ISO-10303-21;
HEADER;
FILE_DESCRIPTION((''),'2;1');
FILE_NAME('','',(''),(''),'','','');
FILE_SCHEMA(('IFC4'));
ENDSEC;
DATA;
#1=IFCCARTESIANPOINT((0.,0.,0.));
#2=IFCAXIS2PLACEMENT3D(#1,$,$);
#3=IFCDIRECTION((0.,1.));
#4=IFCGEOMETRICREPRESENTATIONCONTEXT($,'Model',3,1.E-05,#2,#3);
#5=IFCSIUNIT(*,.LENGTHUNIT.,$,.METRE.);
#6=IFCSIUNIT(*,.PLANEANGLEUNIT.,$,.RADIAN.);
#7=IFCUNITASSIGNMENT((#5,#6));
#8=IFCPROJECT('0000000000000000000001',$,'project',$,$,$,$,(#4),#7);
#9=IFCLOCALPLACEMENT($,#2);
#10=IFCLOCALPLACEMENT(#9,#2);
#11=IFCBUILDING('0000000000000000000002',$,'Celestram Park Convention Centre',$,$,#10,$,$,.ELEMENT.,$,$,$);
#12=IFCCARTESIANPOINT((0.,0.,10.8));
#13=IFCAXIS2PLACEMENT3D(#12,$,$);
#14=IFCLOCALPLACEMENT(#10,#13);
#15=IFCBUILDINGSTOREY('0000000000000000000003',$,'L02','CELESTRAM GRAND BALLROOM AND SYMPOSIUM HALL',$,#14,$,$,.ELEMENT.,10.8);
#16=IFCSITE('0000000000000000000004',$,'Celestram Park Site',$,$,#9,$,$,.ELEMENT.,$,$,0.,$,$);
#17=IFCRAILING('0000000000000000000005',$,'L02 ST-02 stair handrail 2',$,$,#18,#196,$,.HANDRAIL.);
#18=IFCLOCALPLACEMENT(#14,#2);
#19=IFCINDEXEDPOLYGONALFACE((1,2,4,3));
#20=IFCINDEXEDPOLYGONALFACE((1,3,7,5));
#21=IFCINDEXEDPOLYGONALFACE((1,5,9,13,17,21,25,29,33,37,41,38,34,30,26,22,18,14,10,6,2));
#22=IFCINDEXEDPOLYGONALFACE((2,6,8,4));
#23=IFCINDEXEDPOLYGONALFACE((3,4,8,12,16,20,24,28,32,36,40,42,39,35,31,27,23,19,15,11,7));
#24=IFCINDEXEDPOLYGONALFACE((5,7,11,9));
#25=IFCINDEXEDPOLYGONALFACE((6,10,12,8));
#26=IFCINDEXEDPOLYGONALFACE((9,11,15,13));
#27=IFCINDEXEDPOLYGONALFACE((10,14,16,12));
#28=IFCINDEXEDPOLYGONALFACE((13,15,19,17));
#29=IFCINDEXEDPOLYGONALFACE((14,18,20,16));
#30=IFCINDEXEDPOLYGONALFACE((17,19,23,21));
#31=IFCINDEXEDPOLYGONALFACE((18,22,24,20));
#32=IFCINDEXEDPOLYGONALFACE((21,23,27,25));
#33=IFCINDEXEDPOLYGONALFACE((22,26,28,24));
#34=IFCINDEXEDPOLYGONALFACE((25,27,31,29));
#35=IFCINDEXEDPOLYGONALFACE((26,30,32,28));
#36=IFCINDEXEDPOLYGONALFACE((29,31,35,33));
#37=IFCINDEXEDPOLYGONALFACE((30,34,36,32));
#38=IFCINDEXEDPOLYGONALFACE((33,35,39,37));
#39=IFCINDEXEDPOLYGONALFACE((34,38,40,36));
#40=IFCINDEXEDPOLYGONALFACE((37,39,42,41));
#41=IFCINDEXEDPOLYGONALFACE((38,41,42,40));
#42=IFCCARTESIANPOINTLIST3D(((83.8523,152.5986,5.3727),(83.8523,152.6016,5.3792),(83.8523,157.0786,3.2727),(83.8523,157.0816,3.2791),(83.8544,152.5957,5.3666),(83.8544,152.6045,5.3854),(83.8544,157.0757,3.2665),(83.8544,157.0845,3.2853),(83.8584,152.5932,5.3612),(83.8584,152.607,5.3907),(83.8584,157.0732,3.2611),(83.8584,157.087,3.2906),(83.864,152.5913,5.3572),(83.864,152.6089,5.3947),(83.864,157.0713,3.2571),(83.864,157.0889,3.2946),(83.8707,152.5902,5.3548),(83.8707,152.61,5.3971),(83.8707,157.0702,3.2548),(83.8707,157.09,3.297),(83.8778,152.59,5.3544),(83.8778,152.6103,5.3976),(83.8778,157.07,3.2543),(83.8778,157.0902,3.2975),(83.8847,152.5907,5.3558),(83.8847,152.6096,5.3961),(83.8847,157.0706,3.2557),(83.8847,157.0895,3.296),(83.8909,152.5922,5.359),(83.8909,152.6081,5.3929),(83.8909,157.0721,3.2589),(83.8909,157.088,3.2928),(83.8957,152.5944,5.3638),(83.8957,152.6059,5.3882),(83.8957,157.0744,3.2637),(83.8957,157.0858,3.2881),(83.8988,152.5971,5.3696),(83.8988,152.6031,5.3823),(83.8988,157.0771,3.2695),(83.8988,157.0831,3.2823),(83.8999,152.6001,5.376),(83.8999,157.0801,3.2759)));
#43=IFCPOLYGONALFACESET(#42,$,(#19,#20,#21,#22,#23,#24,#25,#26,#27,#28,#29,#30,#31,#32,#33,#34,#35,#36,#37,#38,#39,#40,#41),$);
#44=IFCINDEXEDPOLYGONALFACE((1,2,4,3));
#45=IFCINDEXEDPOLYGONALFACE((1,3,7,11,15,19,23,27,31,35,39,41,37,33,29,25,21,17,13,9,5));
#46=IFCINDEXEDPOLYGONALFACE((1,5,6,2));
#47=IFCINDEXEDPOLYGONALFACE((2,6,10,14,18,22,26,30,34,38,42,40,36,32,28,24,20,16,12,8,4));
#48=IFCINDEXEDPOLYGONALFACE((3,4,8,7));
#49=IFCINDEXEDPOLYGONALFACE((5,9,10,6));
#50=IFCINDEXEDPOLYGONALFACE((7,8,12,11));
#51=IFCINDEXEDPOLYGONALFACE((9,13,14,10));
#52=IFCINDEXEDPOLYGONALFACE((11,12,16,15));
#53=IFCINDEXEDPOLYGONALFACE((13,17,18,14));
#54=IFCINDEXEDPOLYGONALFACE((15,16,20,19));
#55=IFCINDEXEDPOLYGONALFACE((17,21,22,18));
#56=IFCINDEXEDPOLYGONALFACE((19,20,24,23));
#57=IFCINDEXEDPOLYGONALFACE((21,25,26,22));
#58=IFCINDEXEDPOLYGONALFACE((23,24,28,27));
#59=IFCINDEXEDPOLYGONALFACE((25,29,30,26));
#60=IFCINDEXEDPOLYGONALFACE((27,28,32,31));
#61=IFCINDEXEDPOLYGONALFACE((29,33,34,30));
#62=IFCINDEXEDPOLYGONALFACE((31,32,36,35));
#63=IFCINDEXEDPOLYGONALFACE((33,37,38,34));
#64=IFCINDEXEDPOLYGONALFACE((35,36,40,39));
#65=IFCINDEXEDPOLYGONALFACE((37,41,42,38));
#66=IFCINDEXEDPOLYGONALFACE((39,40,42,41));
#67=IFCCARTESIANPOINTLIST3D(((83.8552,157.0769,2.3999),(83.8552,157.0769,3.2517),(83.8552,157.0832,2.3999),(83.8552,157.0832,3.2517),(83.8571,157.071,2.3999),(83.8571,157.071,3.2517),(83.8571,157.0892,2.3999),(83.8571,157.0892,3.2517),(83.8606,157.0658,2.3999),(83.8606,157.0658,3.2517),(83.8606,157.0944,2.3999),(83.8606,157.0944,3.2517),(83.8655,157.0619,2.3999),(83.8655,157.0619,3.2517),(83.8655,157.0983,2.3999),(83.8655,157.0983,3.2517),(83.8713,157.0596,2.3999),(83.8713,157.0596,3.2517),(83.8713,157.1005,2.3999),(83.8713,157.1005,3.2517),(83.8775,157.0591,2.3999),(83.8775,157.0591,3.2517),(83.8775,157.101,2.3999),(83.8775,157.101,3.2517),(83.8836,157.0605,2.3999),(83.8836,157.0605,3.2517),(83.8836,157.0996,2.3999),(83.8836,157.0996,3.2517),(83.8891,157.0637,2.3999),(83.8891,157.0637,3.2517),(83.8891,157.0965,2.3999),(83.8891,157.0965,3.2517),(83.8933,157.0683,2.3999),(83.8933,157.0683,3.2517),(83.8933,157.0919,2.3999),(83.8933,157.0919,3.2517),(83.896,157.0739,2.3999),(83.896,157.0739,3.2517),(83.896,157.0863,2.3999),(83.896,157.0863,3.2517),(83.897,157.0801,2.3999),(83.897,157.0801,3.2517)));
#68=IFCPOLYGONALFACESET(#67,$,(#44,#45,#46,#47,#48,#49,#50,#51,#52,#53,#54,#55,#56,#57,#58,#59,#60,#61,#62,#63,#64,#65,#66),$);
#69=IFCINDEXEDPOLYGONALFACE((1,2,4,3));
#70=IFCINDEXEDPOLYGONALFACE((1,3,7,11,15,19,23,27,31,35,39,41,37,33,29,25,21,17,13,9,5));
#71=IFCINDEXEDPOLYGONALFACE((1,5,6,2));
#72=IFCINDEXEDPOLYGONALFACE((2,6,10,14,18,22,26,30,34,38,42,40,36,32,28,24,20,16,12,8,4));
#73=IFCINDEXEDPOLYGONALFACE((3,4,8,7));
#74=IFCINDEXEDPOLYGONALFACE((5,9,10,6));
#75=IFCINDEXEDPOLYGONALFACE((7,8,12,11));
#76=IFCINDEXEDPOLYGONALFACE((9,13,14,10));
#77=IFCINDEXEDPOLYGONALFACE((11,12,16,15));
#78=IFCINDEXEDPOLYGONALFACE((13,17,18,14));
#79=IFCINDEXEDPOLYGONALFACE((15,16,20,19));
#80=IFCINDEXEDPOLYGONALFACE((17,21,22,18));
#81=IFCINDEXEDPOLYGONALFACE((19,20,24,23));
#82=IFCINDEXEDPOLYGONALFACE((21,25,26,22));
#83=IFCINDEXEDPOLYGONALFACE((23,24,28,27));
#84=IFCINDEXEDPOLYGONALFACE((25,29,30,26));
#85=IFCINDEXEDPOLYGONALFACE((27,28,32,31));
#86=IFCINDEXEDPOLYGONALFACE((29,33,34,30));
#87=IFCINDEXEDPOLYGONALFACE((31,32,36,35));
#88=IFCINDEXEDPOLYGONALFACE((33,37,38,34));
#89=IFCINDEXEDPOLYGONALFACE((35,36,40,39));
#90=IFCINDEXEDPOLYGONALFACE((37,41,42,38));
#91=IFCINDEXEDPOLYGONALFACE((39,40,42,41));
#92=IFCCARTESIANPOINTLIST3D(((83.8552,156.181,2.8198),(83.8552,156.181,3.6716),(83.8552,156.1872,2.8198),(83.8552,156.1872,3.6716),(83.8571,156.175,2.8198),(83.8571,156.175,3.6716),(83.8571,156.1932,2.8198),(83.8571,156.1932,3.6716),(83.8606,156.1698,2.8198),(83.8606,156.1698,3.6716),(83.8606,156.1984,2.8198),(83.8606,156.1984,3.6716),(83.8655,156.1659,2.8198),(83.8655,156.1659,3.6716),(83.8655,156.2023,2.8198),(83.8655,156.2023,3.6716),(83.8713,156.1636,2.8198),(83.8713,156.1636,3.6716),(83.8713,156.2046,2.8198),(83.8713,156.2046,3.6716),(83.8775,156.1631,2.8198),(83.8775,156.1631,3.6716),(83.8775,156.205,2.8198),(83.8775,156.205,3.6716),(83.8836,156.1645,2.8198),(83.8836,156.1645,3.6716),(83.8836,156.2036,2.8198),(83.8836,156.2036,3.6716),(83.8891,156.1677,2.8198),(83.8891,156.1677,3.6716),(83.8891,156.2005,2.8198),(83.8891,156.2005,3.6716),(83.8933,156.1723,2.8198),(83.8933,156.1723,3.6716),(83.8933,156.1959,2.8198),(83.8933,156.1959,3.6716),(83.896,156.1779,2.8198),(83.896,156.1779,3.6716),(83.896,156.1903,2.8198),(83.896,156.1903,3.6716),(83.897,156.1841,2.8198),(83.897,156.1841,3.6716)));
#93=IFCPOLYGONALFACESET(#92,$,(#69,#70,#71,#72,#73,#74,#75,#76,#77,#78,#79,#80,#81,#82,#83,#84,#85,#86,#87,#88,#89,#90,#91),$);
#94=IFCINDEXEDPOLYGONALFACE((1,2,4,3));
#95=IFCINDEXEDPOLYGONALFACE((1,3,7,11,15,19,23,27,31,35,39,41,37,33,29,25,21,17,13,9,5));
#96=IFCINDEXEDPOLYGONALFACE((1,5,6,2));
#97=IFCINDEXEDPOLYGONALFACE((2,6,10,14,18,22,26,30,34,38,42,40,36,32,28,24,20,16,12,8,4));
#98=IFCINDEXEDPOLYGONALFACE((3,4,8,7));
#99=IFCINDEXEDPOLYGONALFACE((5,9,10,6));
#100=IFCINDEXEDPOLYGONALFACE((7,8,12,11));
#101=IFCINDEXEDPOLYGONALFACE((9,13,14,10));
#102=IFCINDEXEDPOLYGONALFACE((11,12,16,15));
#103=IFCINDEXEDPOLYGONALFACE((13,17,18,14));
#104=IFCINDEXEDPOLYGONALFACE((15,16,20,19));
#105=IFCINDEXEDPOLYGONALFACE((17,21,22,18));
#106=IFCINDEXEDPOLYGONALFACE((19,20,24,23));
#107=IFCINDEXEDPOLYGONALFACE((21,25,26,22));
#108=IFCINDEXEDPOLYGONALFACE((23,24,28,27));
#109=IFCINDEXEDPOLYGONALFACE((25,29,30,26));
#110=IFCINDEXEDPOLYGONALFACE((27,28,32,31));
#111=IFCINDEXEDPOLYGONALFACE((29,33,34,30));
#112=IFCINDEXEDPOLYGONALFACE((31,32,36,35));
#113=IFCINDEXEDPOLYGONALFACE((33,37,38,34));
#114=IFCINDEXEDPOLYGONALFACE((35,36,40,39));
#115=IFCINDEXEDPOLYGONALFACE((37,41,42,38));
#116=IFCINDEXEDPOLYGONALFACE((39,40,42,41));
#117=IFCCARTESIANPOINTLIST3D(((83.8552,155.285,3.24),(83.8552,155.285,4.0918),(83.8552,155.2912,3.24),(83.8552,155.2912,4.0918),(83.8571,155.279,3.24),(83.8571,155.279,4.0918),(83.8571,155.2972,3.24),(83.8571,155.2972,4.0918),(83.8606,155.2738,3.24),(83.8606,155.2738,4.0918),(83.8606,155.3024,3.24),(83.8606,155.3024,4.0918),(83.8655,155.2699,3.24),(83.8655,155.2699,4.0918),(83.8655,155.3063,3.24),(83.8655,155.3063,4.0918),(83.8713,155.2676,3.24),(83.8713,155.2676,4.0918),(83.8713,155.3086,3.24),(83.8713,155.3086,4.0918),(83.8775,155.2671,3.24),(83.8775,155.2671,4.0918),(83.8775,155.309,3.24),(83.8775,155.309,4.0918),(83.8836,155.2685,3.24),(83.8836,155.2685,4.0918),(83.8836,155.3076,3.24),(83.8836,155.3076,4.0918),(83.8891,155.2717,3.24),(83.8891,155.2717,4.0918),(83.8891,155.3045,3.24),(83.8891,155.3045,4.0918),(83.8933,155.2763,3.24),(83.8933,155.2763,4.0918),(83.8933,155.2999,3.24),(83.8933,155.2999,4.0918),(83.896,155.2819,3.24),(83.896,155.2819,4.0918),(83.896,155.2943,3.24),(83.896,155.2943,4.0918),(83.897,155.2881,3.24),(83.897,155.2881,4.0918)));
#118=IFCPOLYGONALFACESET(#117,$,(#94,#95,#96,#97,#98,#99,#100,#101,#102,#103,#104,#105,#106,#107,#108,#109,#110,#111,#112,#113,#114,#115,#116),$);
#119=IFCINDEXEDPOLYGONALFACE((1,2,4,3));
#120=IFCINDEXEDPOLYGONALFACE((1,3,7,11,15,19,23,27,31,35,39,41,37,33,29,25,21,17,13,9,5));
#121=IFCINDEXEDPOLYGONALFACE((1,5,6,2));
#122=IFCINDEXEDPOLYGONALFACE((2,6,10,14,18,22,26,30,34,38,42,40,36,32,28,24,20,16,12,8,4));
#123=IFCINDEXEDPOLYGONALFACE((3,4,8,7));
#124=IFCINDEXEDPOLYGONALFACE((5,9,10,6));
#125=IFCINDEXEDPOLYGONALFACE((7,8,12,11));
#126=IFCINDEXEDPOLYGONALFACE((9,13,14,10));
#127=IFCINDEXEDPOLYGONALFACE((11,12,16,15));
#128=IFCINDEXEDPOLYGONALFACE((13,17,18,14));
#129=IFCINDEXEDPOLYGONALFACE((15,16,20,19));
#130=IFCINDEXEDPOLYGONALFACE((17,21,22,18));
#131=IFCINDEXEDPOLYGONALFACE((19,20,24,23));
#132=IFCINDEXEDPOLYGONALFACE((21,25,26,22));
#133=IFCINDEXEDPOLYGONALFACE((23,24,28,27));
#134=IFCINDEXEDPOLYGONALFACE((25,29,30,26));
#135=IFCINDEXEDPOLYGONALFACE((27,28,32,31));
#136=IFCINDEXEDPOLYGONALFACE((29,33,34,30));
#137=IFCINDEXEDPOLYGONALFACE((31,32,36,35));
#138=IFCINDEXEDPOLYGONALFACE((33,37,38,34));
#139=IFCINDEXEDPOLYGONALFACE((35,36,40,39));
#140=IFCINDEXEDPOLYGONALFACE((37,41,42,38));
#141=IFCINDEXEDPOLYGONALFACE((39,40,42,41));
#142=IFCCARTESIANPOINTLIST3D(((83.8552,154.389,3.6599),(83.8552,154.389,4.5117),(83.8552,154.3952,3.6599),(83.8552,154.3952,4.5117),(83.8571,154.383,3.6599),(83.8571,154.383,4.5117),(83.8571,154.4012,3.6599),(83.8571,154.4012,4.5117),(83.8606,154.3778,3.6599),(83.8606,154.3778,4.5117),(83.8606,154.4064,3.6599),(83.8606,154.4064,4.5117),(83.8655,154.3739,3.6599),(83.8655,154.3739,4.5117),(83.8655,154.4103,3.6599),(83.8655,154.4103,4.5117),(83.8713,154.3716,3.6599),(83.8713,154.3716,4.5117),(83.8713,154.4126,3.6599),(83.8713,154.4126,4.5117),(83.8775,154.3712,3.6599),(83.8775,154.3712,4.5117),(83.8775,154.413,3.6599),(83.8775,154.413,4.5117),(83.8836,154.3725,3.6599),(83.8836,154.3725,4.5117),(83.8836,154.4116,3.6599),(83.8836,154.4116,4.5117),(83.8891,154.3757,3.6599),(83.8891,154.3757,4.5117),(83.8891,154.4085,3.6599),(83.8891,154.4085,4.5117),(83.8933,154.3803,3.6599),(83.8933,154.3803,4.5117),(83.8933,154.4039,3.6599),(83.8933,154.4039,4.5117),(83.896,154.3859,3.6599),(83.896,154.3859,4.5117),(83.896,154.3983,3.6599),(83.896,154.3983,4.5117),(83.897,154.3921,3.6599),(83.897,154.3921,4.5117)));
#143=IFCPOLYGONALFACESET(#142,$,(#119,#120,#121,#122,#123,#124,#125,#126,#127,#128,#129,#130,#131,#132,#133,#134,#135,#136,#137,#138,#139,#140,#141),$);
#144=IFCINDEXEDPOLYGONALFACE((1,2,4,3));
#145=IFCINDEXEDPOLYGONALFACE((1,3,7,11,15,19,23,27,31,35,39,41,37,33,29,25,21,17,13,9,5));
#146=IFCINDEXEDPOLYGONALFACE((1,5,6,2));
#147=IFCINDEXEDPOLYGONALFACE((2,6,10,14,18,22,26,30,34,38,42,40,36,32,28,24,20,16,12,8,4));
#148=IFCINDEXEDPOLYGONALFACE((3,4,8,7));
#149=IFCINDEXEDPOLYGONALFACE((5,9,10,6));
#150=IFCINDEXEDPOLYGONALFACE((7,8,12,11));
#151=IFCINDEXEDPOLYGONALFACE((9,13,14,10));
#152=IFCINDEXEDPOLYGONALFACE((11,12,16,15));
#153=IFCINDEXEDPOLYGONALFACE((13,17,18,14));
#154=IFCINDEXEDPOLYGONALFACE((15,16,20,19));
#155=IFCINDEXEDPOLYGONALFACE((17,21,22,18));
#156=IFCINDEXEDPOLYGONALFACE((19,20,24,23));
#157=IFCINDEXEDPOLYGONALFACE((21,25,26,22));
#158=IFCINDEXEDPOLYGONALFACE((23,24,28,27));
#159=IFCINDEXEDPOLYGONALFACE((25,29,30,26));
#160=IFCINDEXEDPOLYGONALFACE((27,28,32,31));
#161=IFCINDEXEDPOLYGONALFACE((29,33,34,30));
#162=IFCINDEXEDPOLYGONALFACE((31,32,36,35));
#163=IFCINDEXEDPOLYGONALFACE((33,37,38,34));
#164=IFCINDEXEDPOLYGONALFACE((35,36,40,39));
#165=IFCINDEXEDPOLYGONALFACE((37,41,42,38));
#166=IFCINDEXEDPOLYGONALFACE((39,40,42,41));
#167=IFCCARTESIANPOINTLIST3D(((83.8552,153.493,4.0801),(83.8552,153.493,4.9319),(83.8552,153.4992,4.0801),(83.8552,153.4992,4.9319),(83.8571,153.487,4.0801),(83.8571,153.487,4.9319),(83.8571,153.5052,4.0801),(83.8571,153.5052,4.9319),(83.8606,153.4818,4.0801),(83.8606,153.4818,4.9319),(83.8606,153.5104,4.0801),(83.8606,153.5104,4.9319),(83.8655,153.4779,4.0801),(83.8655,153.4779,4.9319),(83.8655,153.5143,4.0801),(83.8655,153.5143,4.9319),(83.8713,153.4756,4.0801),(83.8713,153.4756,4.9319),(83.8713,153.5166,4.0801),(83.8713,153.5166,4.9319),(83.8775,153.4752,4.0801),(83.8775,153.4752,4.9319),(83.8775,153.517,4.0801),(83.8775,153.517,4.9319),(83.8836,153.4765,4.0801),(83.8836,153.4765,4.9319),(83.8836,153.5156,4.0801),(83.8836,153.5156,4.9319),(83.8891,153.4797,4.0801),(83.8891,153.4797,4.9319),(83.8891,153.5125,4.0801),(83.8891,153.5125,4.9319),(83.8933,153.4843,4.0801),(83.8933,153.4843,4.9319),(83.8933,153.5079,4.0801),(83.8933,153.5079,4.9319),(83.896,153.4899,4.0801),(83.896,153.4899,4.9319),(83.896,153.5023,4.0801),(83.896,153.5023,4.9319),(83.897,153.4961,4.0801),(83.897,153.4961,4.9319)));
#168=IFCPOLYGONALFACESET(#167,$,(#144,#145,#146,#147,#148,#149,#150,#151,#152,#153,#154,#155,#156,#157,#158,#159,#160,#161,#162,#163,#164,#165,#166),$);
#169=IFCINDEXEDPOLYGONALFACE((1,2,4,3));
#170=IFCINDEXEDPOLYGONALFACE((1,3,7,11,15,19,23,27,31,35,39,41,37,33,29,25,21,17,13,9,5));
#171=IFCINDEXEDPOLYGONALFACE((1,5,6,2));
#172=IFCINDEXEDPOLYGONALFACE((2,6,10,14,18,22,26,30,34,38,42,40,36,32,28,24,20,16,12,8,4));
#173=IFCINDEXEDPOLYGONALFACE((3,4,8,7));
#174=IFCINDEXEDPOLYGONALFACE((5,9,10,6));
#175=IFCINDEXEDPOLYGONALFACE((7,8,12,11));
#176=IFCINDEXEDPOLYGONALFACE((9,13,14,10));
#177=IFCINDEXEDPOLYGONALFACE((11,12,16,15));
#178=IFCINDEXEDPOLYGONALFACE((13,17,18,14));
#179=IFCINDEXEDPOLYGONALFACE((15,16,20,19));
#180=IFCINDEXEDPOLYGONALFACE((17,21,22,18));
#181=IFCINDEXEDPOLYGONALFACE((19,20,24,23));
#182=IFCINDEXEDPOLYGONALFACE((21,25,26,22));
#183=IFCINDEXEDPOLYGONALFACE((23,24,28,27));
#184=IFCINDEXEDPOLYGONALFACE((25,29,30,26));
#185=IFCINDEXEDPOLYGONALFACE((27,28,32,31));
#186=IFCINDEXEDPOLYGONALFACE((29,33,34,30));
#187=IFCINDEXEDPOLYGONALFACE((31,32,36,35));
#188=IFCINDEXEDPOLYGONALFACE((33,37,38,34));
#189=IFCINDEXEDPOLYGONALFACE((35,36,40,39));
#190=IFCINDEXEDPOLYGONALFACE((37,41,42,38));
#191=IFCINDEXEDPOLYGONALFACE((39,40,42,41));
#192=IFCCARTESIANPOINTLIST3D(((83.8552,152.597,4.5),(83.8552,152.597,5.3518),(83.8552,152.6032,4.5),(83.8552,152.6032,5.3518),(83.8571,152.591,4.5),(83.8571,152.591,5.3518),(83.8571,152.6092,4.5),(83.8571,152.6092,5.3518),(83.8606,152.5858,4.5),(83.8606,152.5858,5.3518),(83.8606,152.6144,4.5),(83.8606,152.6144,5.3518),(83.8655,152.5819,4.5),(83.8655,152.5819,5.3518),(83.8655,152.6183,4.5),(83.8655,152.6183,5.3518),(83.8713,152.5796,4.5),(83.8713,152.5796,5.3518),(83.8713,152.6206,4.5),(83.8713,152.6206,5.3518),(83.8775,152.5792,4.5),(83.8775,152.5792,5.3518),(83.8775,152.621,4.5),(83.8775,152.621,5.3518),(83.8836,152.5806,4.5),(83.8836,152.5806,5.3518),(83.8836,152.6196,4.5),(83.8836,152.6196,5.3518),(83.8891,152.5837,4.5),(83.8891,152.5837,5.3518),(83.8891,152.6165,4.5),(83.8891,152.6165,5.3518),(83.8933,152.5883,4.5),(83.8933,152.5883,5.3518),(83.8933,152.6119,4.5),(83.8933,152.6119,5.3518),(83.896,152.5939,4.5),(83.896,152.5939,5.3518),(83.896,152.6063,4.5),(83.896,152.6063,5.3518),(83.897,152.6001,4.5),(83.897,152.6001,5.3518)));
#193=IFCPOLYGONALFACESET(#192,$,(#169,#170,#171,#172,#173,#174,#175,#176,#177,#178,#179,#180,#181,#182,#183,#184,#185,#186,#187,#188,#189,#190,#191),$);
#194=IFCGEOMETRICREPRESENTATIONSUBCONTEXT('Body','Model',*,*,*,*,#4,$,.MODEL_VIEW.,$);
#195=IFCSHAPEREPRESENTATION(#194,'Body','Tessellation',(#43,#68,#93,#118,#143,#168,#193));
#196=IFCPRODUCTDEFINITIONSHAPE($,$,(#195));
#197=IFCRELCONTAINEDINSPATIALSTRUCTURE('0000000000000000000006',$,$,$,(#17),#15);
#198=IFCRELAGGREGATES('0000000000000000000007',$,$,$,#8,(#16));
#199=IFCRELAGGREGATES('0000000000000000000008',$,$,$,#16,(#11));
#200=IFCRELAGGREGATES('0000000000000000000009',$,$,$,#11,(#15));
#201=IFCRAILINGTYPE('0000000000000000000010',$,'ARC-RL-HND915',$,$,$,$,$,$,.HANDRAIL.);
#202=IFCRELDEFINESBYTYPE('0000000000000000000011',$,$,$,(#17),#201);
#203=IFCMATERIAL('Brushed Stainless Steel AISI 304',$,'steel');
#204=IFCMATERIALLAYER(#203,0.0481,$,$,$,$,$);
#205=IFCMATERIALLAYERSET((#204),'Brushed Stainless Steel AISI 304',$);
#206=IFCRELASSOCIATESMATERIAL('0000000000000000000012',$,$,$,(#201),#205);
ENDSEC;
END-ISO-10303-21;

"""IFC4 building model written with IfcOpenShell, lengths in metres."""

from ifc_helpers import new_model, si_unit, direction, frame, origin, origin_2d, place, context, subcontext, project, spatial, circle, extrude, material, layer, layer_set, type_object, element, save


model = new_model("IFC4")

# Units and contexts
model_context = context("Model", 3, precision=1e-05, world=origin(), true_north=direction((0.0, 1.0)))
body_context = subcontext(model_context, "Body", "Model", "MODEL_VIEW")
ifc_project = project(units=[si_unit("LENGTHUNIT", "METRE"), si_unit("PLANEANGLEUNIT", "RADIAN")], contexts=[model_context])

# Site, building, storey
site_placement = place(None, origin())
site = spatial("IfcSite", under=ifc_project, at=site_placement, Name="Celestram Park Site", CompositionType="ELEMENT", RefElevation=0.0)
building_placement = place(site_placement, origin())
building = spatial("IfcBuilding", under=site, at=building_placement, Name="Celestram Park Convention Centre", CompositionType="ELEMENT")
storey_placement = place(building_placement, frame((0.0, 0.0, 10.8)))
storey = spatial("IfcBuildingStorey", under=building, at=storey_placement, Name="L02", Description="CELESTRAM GRAND BALLROOM AND SYMPOSIUM HALL", CompositionType="ELEMENT", Elevation=10.8)

# Railing
ifc_material_1 = material(Name="Brushed Stainless Steel AISI 304", Category="steel")
ifc_layer_1 = layer(ifc_material_1, 0.0481)
ifc_layer_set_1 = layer_set([ifc_layer_1], Name="Brushed Stainless Steel AISI 304")
railing_type_1 = type_object("IfcRailingType", Name="ARC-RL-HND915", PredefinedType="HANDRAIL", material=ifc_layer_set_1)
railing_1_placement = place(storey_placement, frame((83.876, 157.0801, 2.3999)))
element("IfcRailing", 1, at=railing_1_placement, inside=storey, type_object=railing_type_1, Name="L02 ST-02 stair handrail 2", PredefinedType="HANDRAIL", context=body_context, shape_type="SweptSolid", body=[
    extrude(circle(Radius=0.0239, at=origin_2d()), frame((0.0, 0.0, 0.876), z_axis=(0.0, -0.905451, 0.424452), x_axis=(1.0, 0.0, 0.0)), (0.0, 0.0, 1.0), 4.9478),
    extrude(circle(Radius=0.021, at=origin_2d()), origin(), (0.0, 0.0, 1.0), 0.8518),
    extrude(circle(Radius=0.021, at=origin_2d()), frame((0.0, -0.896, 0.4199)), (0.0, 0.0, 1.0), 0.8518),
    extrude(circle(Radius=0.021, at=origin_2d()), frame((0.0, -1.792, 0.8401)), (0.0, 0.0, 1.0), 0.8518),
    extrude(circle(Radius=0.021, at=origin_2d()), frame((0.0, -2.688, 1.26)), (0.0, 0.0, 1.0), 0.8518),
    extrude(circle(Radius=0.021, at=origin_2d()), frame((0.0, -3.584, 1.6802)), (0.0, 0.0, 1.0), 0.8518),
    extrude(circle(Radius=0.021, at=origin_2d()), frame((0.0, -4.48, 2.1001)), (0.0, 0.0, 1.0), 0.8518),
])

save(model, "model.ifc")
